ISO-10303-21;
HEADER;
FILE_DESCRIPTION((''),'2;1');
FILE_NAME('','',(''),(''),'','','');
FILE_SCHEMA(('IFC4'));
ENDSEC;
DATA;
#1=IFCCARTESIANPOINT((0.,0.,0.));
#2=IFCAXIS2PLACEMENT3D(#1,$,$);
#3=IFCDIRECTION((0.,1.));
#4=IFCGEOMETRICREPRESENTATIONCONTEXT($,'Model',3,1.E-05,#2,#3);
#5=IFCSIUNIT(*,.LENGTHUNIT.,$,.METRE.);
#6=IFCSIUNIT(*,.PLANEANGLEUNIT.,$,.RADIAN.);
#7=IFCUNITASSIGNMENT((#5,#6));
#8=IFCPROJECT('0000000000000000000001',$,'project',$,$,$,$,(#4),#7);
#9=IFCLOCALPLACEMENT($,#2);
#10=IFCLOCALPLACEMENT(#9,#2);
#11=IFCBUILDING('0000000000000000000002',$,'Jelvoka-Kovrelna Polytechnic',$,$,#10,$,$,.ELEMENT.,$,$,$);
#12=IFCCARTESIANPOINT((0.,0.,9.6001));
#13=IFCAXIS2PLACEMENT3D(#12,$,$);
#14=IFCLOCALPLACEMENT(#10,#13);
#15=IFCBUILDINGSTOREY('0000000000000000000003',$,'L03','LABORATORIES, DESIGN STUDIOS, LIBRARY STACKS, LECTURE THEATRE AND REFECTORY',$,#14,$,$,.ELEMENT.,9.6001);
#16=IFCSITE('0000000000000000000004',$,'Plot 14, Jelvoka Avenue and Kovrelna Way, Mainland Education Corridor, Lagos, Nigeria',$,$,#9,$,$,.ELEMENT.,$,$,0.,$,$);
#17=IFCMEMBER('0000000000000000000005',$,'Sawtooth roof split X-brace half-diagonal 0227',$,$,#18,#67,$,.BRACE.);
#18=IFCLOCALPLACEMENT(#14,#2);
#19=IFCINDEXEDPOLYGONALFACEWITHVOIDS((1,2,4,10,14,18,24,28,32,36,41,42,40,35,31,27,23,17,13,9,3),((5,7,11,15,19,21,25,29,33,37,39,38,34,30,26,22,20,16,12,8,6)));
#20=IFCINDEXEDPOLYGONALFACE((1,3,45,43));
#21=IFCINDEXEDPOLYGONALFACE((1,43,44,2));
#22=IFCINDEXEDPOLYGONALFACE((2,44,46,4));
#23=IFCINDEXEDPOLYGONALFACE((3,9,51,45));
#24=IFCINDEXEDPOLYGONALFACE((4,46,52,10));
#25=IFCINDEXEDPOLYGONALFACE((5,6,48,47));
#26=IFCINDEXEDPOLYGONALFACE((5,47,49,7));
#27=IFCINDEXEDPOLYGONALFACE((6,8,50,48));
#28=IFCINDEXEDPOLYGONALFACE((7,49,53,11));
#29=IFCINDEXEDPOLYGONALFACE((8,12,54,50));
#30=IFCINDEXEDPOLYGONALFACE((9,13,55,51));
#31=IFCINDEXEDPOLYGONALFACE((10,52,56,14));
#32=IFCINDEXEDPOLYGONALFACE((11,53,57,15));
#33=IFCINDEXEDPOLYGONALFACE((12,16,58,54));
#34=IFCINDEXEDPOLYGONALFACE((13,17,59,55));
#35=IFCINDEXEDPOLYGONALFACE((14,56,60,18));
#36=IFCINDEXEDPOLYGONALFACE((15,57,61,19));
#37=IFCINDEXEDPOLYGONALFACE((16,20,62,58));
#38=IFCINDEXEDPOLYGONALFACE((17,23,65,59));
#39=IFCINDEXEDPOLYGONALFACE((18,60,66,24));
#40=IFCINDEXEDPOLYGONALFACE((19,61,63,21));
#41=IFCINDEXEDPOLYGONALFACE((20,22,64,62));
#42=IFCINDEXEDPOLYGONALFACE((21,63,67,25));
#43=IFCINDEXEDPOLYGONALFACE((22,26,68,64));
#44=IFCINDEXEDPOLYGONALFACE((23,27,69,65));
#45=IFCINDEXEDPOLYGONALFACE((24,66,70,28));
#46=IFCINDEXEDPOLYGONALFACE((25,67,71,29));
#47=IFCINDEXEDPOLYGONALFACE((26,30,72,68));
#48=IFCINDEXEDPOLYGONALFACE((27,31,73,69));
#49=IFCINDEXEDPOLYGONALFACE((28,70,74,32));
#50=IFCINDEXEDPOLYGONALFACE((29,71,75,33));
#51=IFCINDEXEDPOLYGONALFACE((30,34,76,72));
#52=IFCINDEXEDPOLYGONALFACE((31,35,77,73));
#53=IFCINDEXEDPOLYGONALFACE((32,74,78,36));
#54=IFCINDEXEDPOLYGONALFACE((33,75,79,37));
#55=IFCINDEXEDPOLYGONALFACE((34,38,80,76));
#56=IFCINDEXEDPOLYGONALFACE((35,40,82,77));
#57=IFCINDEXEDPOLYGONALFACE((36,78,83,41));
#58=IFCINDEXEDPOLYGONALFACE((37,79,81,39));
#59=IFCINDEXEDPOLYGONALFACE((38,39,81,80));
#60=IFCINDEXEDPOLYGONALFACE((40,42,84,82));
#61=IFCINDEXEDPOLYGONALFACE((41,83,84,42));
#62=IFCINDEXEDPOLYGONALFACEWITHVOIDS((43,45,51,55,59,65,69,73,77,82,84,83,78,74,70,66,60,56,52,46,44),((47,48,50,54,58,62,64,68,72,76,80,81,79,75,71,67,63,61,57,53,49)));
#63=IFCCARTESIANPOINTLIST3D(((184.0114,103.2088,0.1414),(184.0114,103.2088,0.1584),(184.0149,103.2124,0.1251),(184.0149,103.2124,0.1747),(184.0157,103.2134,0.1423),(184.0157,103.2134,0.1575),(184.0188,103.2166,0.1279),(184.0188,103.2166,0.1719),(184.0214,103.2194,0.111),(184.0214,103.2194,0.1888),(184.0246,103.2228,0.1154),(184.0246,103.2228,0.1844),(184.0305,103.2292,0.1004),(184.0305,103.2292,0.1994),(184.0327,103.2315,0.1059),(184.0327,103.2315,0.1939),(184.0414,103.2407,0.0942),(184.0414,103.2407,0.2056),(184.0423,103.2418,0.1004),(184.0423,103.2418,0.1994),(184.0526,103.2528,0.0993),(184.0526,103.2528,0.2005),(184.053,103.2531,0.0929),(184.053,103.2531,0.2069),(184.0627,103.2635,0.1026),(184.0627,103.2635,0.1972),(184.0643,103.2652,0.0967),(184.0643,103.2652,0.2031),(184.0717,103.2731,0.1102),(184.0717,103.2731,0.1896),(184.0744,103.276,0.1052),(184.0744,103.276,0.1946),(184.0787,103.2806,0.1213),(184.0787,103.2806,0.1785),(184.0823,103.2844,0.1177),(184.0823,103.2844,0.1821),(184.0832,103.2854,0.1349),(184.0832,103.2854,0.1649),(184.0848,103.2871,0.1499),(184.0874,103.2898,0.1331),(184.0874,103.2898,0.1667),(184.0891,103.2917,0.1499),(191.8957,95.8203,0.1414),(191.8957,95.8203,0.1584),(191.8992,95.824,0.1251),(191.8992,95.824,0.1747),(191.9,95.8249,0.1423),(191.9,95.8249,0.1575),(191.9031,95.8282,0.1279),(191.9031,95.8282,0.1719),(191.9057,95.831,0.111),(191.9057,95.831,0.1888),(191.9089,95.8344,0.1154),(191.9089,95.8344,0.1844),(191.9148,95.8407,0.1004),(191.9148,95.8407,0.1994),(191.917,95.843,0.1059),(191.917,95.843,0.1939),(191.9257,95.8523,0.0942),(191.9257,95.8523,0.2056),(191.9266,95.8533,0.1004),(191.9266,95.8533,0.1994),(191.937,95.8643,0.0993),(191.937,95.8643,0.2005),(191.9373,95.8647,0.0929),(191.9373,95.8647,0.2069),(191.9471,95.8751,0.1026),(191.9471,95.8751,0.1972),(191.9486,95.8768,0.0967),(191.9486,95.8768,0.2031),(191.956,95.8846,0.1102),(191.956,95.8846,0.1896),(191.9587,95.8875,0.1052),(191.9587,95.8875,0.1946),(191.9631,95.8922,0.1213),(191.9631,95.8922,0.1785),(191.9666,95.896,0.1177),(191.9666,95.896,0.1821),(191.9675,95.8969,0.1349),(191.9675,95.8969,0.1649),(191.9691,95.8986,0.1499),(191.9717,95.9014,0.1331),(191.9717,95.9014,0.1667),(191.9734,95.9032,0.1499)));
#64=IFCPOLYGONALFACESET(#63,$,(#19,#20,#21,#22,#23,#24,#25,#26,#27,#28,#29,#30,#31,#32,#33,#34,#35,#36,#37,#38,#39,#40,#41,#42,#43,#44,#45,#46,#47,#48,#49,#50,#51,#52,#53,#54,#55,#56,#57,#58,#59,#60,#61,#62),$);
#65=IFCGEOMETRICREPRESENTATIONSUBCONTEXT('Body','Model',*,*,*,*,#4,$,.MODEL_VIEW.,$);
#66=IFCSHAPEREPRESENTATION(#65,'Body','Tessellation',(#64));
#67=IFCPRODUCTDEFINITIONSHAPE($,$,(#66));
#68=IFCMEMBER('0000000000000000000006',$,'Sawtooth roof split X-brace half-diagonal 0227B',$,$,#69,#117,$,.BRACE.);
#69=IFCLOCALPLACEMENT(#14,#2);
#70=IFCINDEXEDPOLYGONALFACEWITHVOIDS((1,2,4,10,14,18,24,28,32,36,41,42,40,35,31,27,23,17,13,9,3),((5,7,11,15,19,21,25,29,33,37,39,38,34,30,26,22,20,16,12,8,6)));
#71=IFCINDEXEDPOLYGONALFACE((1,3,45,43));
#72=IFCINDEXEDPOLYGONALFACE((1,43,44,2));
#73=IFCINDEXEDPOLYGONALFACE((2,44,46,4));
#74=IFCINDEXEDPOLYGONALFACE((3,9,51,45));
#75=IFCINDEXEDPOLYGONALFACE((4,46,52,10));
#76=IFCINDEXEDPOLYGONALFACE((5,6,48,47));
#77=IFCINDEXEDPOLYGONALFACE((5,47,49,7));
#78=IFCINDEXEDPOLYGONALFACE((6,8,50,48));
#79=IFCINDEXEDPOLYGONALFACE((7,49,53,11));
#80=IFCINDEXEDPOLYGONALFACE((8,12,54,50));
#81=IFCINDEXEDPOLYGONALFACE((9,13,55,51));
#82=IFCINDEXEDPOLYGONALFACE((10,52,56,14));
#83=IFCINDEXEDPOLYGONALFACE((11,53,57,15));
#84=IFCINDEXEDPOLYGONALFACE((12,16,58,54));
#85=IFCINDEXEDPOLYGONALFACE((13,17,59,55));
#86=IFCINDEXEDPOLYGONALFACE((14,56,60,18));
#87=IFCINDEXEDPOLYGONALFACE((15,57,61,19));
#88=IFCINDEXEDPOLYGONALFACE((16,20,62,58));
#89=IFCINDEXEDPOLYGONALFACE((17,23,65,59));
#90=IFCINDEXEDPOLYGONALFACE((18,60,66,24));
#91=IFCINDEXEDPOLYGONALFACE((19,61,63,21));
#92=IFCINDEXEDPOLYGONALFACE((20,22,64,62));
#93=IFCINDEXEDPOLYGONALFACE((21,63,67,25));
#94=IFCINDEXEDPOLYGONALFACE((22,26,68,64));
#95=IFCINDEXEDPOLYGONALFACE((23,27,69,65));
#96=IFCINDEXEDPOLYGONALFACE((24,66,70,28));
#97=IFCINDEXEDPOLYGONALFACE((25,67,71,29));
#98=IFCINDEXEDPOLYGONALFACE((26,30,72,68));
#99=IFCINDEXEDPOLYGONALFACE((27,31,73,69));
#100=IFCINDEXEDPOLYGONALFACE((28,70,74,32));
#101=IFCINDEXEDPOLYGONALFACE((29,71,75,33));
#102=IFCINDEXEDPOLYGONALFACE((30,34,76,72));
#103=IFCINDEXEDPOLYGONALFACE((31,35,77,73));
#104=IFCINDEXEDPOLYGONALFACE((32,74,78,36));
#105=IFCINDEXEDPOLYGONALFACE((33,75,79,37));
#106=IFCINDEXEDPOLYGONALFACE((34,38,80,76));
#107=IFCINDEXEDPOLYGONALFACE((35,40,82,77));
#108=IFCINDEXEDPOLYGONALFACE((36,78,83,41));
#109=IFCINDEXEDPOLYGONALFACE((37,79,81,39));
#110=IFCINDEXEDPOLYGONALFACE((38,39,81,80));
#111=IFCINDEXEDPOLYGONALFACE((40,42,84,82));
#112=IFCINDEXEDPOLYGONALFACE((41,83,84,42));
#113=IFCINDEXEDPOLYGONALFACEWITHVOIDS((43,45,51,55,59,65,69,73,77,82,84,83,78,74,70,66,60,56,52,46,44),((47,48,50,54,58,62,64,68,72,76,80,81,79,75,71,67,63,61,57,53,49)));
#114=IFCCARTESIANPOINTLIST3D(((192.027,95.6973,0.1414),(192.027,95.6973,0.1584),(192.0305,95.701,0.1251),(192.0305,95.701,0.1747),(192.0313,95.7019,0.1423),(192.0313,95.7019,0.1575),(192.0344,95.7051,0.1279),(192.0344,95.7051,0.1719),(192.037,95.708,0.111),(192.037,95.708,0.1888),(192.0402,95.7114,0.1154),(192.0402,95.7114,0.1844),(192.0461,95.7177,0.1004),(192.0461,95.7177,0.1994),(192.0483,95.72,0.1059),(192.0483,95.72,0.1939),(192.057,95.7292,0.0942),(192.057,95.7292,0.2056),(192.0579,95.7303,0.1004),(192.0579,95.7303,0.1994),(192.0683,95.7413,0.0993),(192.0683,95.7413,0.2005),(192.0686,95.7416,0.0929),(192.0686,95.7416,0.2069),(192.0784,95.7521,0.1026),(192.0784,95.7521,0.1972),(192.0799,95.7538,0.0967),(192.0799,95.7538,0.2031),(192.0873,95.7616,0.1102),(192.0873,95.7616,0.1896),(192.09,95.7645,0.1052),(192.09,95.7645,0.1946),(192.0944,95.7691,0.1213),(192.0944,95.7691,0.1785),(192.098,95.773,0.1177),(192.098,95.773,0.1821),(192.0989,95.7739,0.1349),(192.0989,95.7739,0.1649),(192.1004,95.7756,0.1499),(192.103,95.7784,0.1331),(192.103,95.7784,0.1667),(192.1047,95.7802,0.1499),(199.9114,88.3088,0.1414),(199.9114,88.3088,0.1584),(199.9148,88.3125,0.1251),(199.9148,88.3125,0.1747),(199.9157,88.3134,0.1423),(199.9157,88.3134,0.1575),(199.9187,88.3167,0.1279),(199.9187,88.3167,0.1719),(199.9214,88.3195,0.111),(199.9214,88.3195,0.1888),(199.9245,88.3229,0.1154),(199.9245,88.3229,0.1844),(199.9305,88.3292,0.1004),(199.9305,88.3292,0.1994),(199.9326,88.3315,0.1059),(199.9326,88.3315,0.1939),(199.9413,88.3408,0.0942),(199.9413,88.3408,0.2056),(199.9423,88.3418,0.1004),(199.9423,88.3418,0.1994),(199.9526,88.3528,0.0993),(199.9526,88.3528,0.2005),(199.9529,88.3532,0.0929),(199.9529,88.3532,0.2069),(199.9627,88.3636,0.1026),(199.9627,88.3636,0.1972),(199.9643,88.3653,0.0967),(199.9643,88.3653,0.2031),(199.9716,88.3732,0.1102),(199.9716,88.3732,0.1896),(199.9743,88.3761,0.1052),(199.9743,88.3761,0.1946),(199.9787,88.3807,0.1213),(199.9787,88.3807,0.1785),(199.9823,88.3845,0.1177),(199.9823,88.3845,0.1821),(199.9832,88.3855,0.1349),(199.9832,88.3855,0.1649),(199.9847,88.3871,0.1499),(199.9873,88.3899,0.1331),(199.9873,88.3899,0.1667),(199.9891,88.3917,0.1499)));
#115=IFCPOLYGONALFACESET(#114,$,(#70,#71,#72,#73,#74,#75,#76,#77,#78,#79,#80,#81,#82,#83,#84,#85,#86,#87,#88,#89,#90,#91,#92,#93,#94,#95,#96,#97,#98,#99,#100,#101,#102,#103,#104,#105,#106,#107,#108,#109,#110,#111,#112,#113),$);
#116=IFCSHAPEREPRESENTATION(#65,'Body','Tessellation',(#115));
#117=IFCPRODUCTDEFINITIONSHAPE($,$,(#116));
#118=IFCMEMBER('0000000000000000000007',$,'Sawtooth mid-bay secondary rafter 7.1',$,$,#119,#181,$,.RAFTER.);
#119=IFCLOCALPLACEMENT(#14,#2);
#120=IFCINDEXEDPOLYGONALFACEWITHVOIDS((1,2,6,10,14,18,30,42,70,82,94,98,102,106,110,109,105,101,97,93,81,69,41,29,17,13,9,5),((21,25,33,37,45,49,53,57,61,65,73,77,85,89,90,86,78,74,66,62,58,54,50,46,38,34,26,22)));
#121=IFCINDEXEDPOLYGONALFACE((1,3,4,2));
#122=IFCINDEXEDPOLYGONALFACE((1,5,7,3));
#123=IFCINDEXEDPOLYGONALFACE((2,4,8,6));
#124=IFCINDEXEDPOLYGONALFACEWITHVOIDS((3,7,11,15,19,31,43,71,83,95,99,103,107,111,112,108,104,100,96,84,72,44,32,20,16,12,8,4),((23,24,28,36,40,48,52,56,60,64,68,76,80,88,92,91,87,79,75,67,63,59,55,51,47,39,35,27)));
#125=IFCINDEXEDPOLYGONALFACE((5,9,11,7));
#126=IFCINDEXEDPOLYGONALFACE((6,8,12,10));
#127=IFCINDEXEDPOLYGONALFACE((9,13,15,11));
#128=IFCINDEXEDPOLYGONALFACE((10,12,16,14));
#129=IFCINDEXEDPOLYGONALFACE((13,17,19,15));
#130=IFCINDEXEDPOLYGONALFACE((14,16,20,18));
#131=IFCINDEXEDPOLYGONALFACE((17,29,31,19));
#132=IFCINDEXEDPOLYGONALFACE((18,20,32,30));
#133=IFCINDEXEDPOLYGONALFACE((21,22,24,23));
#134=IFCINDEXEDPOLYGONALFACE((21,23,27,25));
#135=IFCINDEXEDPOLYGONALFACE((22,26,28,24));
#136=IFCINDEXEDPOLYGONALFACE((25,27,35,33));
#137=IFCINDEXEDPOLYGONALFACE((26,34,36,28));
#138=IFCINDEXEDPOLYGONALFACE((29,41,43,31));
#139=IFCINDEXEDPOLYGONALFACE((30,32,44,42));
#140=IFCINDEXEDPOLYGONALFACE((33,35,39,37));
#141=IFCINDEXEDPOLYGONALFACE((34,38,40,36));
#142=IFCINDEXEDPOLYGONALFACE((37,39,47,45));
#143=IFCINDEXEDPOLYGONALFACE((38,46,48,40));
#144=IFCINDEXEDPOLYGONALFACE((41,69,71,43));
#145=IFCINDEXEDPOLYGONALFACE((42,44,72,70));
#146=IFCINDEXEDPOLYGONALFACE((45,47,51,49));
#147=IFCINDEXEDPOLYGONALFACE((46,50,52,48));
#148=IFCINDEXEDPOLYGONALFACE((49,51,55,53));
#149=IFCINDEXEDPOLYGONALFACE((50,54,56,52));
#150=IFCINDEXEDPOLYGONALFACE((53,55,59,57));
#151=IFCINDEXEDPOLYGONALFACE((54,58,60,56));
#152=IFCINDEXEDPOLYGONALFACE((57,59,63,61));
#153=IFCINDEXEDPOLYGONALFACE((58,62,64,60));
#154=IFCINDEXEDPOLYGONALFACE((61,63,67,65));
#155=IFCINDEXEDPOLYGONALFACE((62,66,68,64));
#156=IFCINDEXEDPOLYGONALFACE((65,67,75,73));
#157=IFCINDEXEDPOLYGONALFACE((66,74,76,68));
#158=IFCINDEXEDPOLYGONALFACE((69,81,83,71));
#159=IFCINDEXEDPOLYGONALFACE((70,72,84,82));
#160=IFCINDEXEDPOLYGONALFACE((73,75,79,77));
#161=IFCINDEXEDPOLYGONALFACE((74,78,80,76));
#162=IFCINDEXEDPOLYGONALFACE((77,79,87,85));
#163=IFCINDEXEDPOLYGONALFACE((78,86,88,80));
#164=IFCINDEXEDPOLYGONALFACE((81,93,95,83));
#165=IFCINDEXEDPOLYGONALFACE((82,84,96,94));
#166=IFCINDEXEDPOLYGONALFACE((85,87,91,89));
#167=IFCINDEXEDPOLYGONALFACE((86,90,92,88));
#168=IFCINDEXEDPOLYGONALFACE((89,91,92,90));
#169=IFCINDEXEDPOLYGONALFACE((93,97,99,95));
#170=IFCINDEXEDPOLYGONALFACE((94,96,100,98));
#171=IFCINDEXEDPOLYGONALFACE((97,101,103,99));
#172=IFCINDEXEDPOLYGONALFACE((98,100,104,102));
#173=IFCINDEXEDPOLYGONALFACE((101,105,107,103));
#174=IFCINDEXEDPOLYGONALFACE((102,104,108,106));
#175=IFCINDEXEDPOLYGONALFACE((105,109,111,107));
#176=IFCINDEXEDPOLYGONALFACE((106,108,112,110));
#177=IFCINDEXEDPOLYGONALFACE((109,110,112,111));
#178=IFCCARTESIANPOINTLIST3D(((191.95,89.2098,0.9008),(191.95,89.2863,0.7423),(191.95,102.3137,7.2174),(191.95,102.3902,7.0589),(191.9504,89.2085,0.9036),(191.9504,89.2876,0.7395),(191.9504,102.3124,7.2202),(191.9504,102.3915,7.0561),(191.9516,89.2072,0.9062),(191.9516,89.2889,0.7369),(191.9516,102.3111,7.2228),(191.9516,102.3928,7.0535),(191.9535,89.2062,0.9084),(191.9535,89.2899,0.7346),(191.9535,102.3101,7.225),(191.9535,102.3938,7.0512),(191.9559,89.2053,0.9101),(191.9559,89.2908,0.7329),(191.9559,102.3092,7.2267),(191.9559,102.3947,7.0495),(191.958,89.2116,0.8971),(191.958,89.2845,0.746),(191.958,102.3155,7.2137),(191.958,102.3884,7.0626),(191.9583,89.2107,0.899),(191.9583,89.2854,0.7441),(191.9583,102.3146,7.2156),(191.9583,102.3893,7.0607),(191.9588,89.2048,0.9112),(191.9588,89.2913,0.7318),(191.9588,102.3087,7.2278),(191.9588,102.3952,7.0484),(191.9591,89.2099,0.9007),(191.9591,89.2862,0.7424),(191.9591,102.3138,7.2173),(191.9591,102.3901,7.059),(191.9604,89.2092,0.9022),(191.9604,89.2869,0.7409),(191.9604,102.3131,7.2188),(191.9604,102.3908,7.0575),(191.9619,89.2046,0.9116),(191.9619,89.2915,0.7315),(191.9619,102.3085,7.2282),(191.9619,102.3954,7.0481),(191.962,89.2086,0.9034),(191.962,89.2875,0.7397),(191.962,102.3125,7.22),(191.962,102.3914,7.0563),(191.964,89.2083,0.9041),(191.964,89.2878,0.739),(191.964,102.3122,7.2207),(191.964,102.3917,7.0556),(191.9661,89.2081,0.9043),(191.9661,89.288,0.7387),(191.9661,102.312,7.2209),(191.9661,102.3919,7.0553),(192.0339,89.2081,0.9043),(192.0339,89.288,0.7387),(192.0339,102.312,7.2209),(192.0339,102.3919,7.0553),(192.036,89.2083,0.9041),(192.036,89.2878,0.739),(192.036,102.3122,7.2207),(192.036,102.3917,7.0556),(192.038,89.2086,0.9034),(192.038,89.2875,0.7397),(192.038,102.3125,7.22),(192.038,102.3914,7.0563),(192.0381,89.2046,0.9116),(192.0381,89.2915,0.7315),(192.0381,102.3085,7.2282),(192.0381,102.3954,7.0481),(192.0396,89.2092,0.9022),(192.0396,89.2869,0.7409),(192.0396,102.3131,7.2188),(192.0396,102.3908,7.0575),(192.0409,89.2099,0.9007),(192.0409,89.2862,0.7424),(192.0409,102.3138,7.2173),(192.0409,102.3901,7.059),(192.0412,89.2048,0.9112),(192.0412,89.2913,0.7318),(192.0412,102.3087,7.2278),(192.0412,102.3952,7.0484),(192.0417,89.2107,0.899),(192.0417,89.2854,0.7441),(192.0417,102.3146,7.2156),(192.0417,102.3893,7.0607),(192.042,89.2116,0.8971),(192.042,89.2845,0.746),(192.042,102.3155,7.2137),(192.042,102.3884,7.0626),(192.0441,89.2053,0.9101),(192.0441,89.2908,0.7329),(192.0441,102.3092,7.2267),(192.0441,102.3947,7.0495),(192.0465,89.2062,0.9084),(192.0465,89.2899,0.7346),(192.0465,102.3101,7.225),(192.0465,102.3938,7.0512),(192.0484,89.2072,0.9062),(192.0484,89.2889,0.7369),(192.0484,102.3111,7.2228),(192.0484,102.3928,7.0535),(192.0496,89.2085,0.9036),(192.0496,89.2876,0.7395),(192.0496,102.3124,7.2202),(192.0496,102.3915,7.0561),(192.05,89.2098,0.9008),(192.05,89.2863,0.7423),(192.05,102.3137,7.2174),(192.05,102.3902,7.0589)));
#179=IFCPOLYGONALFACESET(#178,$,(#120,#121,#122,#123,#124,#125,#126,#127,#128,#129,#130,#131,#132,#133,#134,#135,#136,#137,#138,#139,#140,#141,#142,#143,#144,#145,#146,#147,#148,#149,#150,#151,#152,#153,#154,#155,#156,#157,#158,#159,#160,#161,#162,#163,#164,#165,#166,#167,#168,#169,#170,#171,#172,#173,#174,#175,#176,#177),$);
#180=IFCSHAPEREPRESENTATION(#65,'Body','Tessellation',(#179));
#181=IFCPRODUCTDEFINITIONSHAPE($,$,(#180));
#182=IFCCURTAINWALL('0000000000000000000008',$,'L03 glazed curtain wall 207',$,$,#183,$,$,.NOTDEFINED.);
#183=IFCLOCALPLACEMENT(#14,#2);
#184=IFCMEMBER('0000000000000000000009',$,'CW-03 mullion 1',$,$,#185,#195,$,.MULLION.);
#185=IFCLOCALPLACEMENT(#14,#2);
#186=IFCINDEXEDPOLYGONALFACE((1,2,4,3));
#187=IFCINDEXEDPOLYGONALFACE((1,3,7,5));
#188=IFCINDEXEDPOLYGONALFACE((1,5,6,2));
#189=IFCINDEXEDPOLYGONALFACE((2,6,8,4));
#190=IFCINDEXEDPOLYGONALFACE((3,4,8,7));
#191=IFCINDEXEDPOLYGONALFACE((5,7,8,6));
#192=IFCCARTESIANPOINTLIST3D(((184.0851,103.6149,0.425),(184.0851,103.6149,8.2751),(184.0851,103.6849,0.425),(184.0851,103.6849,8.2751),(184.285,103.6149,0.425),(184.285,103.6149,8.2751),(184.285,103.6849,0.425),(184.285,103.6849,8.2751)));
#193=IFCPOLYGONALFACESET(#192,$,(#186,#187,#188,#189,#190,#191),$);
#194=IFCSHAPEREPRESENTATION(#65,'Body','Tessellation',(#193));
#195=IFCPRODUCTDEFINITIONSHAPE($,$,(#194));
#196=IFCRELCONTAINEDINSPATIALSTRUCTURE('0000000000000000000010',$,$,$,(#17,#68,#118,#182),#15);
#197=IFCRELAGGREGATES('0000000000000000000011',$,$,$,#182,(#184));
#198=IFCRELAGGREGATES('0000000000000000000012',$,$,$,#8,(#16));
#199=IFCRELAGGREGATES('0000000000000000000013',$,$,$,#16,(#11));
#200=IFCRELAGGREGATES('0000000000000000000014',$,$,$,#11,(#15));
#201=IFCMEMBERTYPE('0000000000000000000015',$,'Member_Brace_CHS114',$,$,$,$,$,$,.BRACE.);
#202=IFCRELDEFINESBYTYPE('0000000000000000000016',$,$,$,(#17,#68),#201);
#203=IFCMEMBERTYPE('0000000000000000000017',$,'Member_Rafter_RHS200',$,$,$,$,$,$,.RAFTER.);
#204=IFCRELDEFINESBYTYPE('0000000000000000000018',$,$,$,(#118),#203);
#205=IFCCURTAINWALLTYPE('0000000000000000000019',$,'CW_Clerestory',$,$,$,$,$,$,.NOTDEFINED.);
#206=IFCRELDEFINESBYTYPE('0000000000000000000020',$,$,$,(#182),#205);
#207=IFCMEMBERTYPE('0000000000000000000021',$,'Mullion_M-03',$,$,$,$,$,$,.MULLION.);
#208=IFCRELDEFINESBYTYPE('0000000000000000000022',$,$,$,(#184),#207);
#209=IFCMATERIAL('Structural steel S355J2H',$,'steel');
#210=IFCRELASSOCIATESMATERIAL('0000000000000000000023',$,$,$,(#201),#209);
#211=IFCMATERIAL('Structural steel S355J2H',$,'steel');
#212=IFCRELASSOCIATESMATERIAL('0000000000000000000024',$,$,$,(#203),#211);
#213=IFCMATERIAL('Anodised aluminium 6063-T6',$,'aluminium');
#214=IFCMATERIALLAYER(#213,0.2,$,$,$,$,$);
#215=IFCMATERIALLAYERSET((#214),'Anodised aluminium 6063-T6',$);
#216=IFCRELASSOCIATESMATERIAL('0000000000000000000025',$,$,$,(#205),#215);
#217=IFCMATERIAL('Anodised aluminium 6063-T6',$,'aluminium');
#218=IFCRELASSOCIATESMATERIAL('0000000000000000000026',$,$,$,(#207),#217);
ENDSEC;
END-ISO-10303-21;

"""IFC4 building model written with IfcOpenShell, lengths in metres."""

from ifc_helpers import new_model, si_unit, direction, frame, origin, origin_2d, place, context, subcontext, project, spatial, rectangle, hollow_rectangle, hollow_circle, extrude, material, layer, layer_set, material_profile, profile_set, type_object, element, aggregate, save


model = new_model("IFC4")

# Units and contexts
model_context = context("Model", 3, precision=1e-05, world=origin(), true_north=direction((0.0, 1.0)))
body_context = subcontext(model_context, "Body", "Model", "MODEL_VIEW")
ifc_project = project(units=[si_unit("LENGTHUNIT", "METRE"), si_unit("PLANEANGLEUNIT", "RADIAN")], contexts=[model_context])

# Site, building, storey
site_placement = place(None, origin())
site = spatial("IfcSite", under=ifc_project, at=site_placement, Name="Plot 14, Jelvoka Avenue and Kovrelna Way, Mainland Education Corridor, Lagos, Nigeria", CompositionType="ELEMENT", RefElevation=0.0)
building_placement = place(site_placement, origin())
building = spatial("IfcBuilding", under=site, at=building_placement, Name="Jelvoka-Kovrelna Polytechnic", CompositionType="ELEMENT")
storey_placement = place(building_placement, frame((0.0, 0.0, 9.6001)))
storey = spatial("IfcBuildingStorey", under=building, at=storey_placement, Name="L03", Description="LABORATORIES, DESIGN STUDIOS, LIBRARY STACKS, LECTURE THEATRE AND REFECTORY", CompositionType="ELEMENT", Elevation=9.6001)

# Members
ifc_material_1 = material(Name="Structural steel S355J2H", Category="steel")
ifc_material_profile_1 = material_profile(ifc_material_1, hollow_circle(Radius=0.0571, WallThickness=0.0063, at=origin_2d()), Name="114.3x6.3 CHS")
ifc_profile_set_1 = profile_set([ifc_material_profile_1], Name="Structural steel S355J2H")
member_type_1 = type_object("IfcMemberType", Name="Member_Brace_CHS114", PredefinedType="BRACE", material=ifc_profile_set_1)
for number, where, z_axis, x_axis, name in (
    (1, (184.05, 103.25, 0.1499), (0.72968, -0.683789, 0.0), (0.683789, 0.72968, 0.0), "Sawtooth roof split X-brace half-diagonal 0227"),
    (2, (192.0657, 95.7385, 0.1499), (0.72968, -0.683789, 0.0), (0.683789, 0.72968, 0.0), "Sawtooth roof split X-brace half-diagonal 0227B"),
):
    element("IfcMember", number, at=place(storey_placement, frame(where, z_axis=z_axis, x_axis=x_axis)), inside=storey, type_object=member_type_1, Name=name, PredefinedType="BRACE", context=body_context, shape_type="SweptSolid", body=[
        extrude(hollow_circle(Radius=0.0571, WallThickness=0.0063, at=origin_2d()), origin(), (0.0, 0.0, 1.0), 10.8052),
    ])
ifc_material_2 = material(Name="Structural steel S355J2H", Category="steel")
ifc_material_profile_2 = material_profile(ifc_material_2, hollow_rectangle(XDim=0.1001, YDim=0.2, WallThickness=0.0081, InnerFilletRadius=0.0081, OuterFilletRadius=0.012, at=origin_2d()), Name="200x100x8.0 RHS")
ifc_profile_set_2 = profile_set([ifc_material_profile_2], Name="Structural steel S355J2H")
member_type_2 = type_object("IfcMemberType", Name="Member_Rafter_RHS200", PredefinedType="RAFTER", material=ifc_profile_set_2)
member_1_placement = place(storey_placement, frame((192.0, 89.248, 0.8215), z_axis=(0.0, 0.900805, 0.434224), x_axis=(-1.0, 0.0, 0.0)))
element("IfcMember", 3, at=member_1_placement, inside=storey, type_object=member_type_2, Name="Sawtooth mid-bay secondary rafter 7.1", PredefinedType="RAFTER", context=body_context, shape_type="SweptSolid", body=[
    extrude(hollow_rectangle(XDim=0.1001, YDim=0.2, WallThickness=0.0081, InnerFilletRadius=0.0081, OuterFilletRadius=0.012, at=origin_2d()), origin(), (0.0, 0.0, 1.0), 14.5469),
])

# Curtain wall, member
ifc_material_3 = material(Name="Anodised aluminium 6063-T6", Category="aluminium")
ifc_layer_1 = layer(ifc_material_3, 0.2)
ifc_layer_set_1 = layer_set([ifc_layer_1], Name="Anodised aluminium 6063-T6")
curtain_wall_type = type_object("IfcCurtainWallType", Name="CW_Clerestory", PredefinedType="NOTDEFINED", material=ifc_layer_set_1)
curtain_wall_1_placement = place(storey_placement, origin())
curtain_wall_1 = element("IfcCurtainWall", 4, at=curtain_wall_1_placement, inside=storey, type_object=curtain_wall_type, Name="L03 glazed curtain wall 207", PredefinedType="NOTDEFINED")
ifc_material_4 = material(Name="Anodised aluminium 6063-T6", Category="aluminium")
ifc_material_profile_3 = material_profile(ifc_material_4, rectangle(XDim=0.0701, YDim=0.2, at=origin_2d()), Name="ALU 70x200")
ifc_profile_set_3 = profile_set([ifc_material_profile_3], Name="Anodised aluminium 6063-T6")
member_type_3 = type_object("IfcMemberType", Name="Mullion_M-03", PredefinedType="MULLION", material=ifc_profile_set_3)
member_2_placement = place(storey_placement, frame((184.1851, 103.6499, 0.425), z_axis=(0.0, 0.0, 1.0), x_axis=(0.0, 1.0, 0.0)))
member_2 = element("IfcMember", 5, at=member_2_placement, type_object=member_type_3, Name="CW-03 mullion 1", PredefinedType="MULLION", context=body_context, shape_type="SweptSolid", body=[
    extrude(rectangle(XDim=0.0701, YDim=0.2, at=origin_2d()), origin(), (0.0, 0.0, 1.0), 7.8501),
])

aggregate(curtain_wall_1, [member_2])

save(model, "model.ifc")
